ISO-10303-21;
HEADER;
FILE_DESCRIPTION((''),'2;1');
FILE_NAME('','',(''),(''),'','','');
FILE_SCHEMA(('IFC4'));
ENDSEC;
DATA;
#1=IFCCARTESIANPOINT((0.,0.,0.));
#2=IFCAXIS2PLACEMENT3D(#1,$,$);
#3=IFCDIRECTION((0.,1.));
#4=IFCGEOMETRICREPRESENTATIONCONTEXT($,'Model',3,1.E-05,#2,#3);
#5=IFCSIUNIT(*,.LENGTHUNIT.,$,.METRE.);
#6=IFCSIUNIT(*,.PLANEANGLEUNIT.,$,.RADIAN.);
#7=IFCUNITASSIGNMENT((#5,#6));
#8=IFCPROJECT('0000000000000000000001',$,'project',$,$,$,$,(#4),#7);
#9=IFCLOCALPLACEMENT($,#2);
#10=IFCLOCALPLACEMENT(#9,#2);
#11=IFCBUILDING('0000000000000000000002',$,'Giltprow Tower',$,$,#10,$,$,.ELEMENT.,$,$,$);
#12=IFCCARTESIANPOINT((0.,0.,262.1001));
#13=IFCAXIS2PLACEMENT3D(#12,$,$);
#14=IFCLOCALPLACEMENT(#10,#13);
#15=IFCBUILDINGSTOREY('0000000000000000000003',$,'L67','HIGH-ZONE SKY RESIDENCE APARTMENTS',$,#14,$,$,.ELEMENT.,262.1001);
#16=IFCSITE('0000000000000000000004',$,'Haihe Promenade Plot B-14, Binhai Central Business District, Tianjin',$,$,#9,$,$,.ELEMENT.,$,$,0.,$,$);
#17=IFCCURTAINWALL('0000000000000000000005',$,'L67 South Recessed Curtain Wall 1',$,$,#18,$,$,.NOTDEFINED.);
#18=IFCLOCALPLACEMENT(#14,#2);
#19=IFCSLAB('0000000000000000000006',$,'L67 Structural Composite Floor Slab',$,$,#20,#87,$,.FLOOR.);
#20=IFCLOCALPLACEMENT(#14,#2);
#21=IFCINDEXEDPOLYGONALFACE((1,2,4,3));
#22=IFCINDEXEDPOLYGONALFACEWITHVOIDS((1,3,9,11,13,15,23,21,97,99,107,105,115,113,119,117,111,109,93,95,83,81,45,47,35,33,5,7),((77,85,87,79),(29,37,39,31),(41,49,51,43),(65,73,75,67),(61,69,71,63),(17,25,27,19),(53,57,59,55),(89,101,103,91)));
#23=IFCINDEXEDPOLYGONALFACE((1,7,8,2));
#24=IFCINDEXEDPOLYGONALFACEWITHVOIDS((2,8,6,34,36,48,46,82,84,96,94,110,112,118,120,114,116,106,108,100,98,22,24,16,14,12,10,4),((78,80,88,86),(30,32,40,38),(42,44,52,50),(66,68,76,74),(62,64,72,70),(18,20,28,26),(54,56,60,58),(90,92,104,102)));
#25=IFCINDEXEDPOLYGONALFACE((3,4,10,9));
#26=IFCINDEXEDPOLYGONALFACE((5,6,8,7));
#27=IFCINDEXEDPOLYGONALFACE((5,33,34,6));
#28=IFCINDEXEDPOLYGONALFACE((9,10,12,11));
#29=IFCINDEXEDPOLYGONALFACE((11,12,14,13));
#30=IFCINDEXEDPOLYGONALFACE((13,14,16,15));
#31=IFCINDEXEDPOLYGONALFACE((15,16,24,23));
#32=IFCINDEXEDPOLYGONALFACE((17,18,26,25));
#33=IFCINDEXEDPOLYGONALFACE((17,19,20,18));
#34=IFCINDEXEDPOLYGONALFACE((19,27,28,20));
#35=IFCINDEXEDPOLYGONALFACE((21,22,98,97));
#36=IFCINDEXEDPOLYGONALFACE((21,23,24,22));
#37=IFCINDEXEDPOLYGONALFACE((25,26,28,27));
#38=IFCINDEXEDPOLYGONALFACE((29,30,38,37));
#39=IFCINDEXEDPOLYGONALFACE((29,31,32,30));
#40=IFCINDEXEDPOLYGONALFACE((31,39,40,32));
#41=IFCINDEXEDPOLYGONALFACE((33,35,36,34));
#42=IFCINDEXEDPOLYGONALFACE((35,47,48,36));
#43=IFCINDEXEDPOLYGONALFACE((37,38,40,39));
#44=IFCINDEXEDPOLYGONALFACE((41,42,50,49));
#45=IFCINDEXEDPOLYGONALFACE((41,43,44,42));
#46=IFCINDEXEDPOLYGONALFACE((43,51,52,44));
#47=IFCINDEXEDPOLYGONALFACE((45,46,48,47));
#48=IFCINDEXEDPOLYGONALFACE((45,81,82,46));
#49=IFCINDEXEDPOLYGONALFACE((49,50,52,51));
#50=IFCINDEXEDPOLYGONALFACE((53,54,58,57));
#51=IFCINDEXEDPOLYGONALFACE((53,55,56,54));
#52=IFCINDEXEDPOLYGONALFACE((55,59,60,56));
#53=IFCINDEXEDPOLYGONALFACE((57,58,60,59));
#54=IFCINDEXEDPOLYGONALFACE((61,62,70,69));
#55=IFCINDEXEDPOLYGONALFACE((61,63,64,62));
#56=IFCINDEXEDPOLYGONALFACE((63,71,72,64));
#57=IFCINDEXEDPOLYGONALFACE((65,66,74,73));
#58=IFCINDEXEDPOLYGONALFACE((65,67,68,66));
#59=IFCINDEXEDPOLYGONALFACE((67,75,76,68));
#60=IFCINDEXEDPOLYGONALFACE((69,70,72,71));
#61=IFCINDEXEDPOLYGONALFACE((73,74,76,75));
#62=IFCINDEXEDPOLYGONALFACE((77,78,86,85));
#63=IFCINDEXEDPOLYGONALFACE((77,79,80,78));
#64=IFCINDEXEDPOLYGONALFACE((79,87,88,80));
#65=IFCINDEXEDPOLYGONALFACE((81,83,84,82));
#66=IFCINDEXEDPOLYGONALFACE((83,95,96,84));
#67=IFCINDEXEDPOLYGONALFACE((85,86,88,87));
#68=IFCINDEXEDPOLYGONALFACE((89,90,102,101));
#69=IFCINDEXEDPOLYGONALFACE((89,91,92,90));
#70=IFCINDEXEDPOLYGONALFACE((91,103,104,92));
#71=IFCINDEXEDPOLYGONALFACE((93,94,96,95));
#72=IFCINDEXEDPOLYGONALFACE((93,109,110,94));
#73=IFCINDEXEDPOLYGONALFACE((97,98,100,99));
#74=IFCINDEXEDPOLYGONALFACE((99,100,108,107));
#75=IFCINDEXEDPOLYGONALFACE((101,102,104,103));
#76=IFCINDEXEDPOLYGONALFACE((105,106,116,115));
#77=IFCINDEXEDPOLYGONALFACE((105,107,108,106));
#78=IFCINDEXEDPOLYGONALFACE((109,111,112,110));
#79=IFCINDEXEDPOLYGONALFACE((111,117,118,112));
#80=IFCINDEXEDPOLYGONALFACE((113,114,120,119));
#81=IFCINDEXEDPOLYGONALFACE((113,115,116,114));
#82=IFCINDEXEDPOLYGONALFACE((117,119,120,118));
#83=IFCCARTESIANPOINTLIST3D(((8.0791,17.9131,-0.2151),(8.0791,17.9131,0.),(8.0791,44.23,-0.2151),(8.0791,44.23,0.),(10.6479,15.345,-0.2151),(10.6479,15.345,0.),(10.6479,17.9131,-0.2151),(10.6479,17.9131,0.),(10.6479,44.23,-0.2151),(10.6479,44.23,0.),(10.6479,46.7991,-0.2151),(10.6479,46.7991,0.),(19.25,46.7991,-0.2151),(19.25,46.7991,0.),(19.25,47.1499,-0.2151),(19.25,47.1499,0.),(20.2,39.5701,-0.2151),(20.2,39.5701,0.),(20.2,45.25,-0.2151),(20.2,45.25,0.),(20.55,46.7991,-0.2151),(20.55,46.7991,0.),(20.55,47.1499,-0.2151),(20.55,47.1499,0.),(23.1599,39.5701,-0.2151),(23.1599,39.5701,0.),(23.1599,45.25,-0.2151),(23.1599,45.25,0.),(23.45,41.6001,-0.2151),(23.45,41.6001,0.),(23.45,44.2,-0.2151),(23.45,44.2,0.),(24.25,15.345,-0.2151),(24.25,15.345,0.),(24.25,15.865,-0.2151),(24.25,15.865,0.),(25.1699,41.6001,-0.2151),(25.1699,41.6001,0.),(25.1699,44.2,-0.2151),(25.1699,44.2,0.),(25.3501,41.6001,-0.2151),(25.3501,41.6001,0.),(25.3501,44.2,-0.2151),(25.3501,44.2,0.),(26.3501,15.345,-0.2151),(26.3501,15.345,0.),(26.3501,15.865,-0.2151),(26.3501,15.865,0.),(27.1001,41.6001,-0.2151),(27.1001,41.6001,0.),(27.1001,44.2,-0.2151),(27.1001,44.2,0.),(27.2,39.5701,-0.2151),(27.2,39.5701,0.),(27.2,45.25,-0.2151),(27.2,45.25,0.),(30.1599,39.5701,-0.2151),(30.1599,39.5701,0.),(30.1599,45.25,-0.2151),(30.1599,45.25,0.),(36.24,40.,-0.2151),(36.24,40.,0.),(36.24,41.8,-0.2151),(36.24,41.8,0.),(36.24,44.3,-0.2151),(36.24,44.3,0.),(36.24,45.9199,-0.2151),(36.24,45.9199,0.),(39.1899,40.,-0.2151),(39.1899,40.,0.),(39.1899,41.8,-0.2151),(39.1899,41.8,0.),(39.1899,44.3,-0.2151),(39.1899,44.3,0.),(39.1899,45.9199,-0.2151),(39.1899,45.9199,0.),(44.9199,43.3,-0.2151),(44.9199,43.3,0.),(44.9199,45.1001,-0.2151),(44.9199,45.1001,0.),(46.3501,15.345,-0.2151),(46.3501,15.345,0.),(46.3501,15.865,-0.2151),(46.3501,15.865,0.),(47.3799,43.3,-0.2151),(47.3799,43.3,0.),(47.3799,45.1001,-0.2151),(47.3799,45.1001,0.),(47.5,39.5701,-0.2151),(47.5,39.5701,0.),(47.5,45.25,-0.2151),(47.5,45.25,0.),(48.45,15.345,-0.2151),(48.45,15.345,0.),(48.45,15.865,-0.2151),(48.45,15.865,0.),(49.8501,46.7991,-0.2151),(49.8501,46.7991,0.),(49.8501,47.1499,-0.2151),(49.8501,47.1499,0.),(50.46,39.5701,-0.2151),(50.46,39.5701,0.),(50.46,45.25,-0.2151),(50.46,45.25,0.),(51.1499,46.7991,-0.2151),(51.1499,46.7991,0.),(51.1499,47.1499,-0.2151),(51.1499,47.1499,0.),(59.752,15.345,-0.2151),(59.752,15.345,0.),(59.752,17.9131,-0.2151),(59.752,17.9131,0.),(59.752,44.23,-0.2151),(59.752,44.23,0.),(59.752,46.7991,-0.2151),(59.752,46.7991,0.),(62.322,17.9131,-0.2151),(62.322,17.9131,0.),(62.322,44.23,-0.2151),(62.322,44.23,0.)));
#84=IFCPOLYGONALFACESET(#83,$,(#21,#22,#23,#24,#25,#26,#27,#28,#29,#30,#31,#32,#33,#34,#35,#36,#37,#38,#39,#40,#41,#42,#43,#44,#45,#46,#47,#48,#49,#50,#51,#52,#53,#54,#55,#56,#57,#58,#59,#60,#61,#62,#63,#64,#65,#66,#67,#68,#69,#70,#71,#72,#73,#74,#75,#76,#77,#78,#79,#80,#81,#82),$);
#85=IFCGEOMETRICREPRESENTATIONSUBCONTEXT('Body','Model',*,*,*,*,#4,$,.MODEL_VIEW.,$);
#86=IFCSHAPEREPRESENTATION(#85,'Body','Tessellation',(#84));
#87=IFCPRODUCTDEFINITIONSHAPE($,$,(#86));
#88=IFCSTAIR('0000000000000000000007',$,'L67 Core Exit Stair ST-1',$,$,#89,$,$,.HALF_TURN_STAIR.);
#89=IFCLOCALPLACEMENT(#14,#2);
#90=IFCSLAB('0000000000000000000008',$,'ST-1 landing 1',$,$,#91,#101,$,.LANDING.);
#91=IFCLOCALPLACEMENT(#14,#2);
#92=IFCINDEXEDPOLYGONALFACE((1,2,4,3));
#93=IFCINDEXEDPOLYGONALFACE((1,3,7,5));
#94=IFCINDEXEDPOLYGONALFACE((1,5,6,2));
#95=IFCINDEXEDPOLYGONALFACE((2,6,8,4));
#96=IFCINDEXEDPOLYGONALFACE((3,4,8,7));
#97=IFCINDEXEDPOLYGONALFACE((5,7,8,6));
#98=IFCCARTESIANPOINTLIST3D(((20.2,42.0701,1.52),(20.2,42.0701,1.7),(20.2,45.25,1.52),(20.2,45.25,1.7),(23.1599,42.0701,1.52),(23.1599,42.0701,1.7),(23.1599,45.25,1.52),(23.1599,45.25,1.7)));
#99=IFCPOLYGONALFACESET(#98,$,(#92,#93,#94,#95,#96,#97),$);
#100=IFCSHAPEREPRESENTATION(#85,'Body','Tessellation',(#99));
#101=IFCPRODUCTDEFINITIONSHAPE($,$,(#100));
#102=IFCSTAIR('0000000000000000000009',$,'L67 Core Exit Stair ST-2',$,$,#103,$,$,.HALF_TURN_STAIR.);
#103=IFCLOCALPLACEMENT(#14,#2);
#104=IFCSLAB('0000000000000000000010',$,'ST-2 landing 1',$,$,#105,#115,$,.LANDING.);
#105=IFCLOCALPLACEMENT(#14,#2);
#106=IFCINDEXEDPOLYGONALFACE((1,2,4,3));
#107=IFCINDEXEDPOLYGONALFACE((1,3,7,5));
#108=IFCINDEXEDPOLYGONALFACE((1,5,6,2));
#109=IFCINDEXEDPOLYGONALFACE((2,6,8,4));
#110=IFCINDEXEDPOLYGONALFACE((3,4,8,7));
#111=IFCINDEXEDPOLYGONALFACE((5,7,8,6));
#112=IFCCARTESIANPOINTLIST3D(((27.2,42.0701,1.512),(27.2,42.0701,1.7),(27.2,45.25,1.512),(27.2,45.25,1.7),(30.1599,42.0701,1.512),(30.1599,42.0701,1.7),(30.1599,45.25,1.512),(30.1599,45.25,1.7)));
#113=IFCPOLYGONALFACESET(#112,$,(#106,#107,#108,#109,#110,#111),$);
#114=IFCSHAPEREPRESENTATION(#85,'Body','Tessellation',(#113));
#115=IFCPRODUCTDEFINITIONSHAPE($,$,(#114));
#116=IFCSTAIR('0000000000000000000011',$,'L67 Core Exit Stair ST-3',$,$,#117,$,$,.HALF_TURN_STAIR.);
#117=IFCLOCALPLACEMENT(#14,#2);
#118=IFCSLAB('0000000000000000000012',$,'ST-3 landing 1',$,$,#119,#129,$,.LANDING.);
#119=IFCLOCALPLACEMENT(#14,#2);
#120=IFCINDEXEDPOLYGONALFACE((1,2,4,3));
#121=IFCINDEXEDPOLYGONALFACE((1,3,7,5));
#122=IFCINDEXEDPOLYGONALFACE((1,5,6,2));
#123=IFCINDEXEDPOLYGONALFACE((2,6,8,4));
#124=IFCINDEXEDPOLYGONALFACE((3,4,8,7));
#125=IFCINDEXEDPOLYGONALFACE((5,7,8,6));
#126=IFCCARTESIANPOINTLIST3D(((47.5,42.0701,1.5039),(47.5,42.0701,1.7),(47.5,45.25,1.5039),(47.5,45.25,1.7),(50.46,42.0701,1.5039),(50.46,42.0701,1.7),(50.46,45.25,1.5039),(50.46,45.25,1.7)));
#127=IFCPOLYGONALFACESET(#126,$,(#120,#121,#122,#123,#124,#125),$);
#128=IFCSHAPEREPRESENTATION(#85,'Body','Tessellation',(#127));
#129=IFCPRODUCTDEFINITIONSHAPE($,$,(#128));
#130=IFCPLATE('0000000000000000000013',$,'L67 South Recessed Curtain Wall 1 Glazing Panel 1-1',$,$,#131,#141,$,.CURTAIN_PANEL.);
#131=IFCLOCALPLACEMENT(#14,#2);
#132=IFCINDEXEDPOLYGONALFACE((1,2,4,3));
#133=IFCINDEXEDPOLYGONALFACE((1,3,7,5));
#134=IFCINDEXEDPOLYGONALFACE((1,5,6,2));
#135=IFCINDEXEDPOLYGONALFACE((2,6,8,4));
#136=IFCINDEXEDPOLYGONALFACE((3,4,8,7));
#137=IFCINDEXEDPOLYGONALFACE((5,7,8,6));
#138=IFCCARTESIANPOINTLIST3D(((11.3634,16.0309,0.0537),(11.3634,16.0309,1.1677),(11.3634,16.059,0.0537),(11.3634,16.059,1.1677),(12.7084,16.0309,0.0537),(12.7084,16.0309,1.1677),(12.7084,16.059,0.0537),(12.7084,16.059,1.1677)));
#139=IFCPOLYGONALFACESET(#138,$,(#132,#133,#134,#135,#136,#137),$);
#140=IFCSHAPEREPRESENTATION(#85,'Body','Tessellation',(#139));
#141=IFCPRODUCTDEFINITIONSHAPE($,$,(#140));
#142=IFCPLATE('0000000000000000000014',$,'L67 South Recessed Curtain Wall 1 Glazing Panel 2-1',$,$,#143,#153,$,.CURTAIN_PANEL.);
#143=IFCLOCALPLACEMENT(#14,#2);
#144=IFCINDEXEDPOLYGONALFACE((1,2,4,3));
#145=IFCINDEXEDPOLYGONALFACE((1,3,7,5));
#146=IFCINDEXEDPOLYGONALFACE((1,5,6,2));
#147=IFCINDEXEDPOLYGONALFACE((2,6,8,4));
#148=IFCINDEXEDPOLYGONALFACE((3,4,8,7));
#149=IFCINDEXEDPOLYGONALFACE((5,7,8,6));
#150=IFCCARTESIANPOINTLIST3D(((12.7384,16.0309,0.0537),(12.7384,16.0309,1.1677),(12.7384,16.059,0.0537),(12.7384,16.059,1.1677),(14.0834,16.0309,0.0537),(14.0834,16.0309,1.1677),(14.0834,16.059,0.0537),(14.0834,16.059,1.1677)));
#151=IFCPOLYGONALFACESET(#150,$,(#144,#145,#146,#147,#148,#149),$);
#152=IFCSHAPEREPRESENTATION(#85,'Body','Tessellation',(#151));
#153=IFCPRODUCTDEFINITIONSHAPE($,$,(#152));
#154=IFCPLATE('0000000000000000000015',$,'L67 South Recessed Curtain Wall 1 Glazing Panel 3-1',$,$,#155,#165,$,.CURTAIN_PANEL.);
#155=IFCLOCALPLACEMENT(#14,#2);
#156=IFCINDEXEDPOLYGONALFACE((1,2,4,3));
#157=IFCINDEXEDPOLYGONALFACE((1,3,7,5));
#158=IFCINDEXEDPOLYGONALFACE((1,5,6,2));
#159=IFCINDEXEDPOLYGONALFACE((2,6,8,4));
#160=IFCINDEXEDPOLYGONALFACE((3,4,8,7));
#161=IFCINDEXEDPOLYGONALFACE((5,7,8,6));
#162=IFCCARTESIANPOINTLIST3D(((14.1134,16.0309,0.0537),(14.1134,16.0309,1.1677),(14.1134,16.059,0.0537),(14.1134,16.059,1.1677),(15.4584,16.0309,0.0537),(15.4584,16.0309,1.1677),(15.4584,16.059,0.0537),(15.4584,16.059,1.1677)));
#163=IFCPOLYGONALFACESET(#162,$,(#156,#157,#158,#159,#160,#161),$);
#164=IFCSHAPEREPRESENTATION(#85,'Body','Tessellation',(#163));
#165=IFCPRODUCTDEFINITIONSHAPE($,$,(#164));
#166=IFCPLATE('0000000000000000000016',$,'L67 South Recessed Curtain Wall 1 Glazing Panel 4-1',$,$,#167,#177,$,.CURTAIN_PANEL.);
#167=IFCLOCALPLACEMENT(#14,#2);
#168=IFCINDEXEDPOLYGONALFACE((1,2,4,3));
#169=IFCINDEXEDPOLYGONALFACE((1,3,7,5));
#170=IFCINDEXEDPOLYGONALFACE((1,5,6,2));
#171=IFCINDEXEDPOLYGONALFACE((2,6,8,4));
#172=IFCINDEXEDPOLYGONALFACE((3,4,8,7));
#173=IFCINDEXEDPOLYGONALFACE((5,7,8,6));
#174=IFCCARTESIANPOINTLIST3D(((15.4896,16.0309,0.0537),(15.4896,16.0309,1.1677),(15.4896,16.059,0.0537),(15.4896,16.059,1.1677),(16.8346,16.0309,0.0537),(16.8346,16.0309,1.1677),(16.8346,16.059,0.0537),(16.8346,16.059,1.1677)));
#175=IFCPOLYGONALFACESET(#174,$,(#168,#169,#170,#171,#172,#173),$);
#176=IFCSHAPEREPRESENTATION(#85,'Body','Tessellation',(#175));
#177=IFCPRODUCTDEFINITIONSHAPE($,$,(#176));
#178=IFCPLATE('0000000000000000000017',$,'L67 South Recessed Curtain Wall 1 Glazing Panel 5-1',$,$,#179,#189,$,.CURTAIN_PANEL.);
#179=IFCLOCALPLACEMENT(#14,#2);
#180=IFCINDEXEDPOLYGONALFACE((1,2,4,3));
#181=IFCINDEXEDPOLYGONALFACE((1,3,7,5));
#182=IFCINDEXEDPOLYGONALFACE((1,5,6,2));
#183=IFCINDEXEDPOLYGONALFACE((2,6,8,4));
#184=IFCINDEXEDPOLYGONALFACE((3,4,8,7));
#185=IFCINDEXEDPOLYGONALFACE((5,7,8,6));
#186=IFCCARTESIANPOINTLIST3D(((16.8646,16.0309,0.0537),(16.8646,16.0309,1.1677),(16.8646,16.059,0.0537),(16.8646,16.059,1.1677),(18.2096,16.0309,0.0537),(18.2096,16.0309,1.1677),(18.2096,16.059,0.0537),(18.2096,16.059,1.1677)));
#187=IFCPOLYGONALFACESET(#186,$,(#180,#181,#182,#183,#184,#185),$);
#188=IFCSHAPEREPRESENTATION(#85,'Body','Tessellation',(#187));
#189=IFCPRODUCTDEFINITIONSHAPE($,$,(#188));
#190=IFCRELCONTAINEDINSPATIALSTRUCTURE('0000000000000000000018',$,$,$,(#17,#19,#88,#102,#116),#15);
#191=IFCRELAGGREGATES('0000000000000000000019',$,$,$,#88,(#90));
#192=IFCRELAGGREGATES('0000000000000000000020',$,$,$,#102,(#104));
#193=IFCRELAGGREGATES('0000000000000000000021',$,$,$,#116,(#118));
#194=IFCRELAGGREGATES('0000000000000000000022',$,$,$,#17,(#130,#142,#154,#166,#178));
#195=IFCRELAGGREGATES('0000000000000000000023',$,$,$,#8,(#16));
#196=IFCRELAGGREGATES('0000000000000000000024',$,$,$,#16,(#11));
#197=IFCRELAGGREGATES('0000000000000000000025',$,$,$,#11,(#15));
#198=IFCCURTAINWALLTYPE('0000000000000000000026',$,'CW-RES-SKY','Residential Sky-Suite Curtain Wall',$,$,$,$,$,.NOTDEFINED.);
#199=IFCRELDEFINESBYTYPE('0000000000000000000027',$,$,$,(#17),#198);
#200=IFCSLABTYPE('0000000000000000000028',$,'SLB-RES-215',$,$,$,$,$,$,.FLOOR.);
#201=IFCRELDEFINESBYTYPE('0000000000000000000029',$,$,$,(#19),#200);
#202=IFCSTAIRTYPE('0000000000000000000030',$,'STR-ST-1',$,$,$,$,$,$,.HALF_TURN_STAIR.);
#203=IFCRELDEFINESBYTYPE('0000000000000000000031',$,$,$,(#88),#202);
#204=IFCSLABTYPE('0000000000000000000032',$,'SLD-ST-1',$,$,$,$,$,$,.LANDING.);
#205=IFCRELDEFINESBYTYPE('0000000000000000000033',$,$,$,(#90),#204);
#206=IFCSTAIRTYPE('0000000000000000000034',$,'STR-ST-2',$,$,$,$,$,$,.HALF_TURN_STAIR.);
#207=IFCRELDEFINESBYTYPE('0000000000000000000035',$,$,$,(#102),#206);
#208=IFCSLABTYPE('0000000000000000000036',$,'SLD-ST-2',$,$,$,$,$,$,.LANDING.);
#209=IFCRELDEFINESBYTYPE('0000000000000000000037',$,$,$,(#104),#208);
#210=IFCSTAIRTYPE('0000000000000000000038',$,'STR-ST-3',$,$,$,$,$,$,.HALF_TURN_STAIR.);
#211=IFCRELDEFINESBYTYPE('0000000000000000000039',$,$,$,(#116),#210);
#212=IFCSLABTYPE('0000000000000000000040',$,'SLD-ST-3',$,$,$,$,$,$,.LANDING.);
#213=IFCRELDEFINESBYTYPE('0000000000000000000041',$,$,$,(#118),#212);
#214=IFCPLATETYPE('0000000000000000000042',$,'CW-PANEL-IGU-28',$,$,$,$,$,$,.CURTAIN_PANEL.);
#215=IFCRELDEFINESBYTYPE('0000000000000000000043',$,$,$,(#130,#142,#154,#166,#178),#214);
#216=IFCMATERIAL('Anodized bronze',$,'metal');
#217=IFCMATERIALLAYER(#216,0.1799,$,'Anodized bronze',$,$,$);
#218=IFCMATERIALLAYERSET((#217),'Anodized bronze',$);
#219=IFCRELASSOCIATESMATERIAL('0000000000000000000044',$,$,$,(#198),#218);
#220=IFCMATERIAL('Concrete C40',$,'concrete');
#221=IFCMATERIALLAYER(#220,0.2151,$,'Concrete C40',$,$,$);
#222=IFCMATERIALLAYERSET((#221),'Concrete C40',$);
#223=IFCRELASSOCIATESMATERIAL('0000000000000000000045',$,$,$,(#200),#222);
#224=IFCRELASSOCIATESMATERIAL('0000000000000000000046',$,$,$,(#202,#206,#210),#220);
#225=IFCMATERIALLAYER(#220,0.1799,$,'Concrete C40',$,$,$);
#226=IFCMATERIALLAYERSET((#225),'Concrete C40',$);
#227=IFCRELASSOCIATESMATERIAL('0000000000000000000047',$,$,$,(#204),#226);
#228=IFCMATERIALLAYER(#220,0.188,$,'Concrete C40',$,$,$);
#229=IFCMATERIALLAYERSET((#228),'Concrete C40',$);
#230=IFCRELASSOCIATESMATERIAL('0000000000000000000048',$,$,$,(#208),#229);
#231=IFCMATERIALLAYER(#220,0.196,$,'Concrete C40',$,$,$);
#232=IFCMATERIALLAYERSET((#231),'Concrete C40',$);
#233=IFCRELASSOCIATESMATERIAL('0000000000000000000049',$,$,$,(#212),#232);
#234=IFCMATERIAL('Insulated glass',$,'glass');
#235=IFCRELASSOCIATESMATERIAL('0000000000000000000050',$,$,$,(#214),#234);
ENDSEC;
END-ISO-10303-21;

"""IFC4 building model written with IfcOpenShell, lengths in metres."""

from ifc_helpers import new_model, si_unit, direction, frame, origin, origin_2d, place, context, subcontext, project, spatial, polyline, rectangle, outline, extrude, source, transform, mapped, material, layer, layer_set, type_object, element, aggregate, save


model = new_model("IFC4")

# Units and contexts
model_context = context("Model", 3, precision=1e-05, world=origin(), true_north=direction((0.0, 1.0)))
body_context = subcontext(model_context, "Body", "Model", "MODEL_VIEW")
ifc_project = project(units=[si_unit("LENGTHUNIT", "METRE"), si_unit("PLANEANGLEUNIT", "RADIAN")], contexts=[model_context])

# Site, building, storey
site_placement = place(None, origin())
site = spatial("IfcSite", under=ifc_project, at=site_placement, Name="Haihe Promenade Plot B-14, Binhai Central Business District, Tianjin", CompositionType="ELEMENT", RefElevation=0.0)
building_placement = place(site_placement, origin())
building = spatial("IfcBuilding", under=site, at=building_placement, Name="Giltprow Tower", CompositionType="ELEMENT")
storey_placement = place(building_placement, frame((0.0, 0.0, 262.1001)))
storey = spatial("IfcBuildingStorey", under=building, at=storey_placement, Name="L67", Description="HIGH-ZONE SKY RESIDENCE APARTMENTS", CompositionType="ELEMENT", Elevation=262.1001)

# Curtain wall
ifc_material_1 = material(Name="Anodized bronze", Category="metal")
ifc_layer_1 = layer(ifc_material_1, 0.1799, Name="Anodized bronze")
ifc_layer_set_1 = layer_set([ifc_layer_1], Name="Anodized bronze")
curtain_wall_type = type_object("IfcCurtainWallType", Name="CW-RES-SKY", Description="Residential Sky-Suite Curtain Wall", PredefinedType="NOTDEFINED", material=ifc_layer_set_1)
curtain_wall_placement = place(storey_placement, origin())
curtain_wall = element("IfcCurtainWall", 1, at=curtain_wall_placement, inside=storey, type_object=curtain_wall_type, Name="L67 South Recessed Curtain Wall 1", PredefinedType="NOTDEFINED")

# Slab
ifc_material_2 = material(Name="Concrete C40", Category="concrete")
ifc_layer_2 = layer(ifc_material_2, 0.2151, Name="Concrete C40")
ifc_layer_set_2 = layer_set([ifc_layer_2], Name="Concrete C40")
slab_type_1 = type_object("IfcSlabType", Name="SLB-RES-215", PredefinedType="FLOOR", material=ifc_layer_set_2)
slab_1_placement = place(storey_placement, frame((0.0, 0.0, -0.2151)))
element("IfcSlab", 2, at=slab_1_placement, inside=storey, type_object=slab_type_1, Name="L67 Structural Composite Floor Slab", PredefinedType="FLOOR", context=body_context, shape_type="SweptSolid", body=[
    extrude(outline(polyline([(62.322, 44.23), (62.322, 17.9131), (59.752, 17.9131), (59.752, 15.345), (48.45, 15.345), (48.45, 15.865), (46.3501, 15.865), (46.3501, 15.345), (26.3501, 15.345), (26.3501, 15.865), (24.25, 15.865), (24.25, 15.345), (10.6479, 15.345), (10.6479, 17.9131), (8.0791, 17.9131), (8.0791, 44.23), (10.6479, 44.23), (10.6479, 46.7991), (19.25, 46.7991), (19.25, 47.1499), (20.55, 47.1499), (20.55, 46.7991), (49.8501, 46.7991), (49.8501, 47.1499), (51.1499, 47.1499), (51.1499, 46.7991), (59.752, 46.7991), (59.752, 44.23), (62.322, 44.23)]), holes=[polyline([(39.1899, 41.8), (36.24, 41.8), (36.24, 40.0), (39.1899, 40.0), (39.1899, 41.8)]), polyline([(23.1599, 39.5701), (23.1599, 45.25), (20.2, 45.25), (20.2, 39.5701), (23.1599, 39.5701)]), polyline([(30.1599, 39.5701), (30.1599, 45.25), (27.2, 45.25), (27.2, 39.5701), (30.1599, 39.5701)]), polyline([(50.46, 45.25), (47.5, 45.25), (47.5, 39.5701), (50.46, 39.5701), (50.46, 45.25)]), polyline([(25.1699, 44.2), (23.45, 44.2), (23.45, 41.6001), (25.1699, 41.6001), (25.1699, 44.2)]), polyline([(27.1001, 44.2), (25.3501, 44.2), (25.3501, 41.6001), (27.1001, 41.6001), (27.1001, 44.2)]), polyline([(47.3799, 43.3), (47.3799, 45.1001), (44.9199, 45.1001), (44.9199, 43.3), (47.3799, 43.3)]), polyline([(39.1899, 44.3), (39.1899, 45.9199), (36.24, 45.9199), (36.24, 44.3), (39.1899, 44.3)])]), origin(), (0.0, 0.0, 1.0), 0.2151),
])

# Stairs, slabs
stair_type_1 = type_object("IfcStairType", Name="STR-ST-1", PredefinedType="HALF_TURN_STAIR", material=ifc_material_2)
stair_1_placement = place(storey_placement, origin())
stair_1 = element("IfcStair", 3, at=stair_1_placement, inside=storey, type_object=stair_type_1, Name="L67 Core Exit Stair ST-1", PredefinedType="HALF_TURN_STAIR")
ifc_layer_3 = layer(ifc_material_2, 0.1799, Name="Concrete C40")
ifc_layer_set_3 = layer_set([ifc_layer_3], Name="Concrete C40")
slab_type_2 = type_object("IfcSlabType", Name="SLD-ST-1", PredefinedType="LANDING", material=ifc_layer_set_3)
slab_2_placement = place(storey_placement, frame((0.0, 0.0, 1.52)))
slab_2 = element("IfcSlab", 4, at=slab_2_placement, type_object=slab_type_2, Name="ST-1 landing 1", PredefinedType="LANDING", context=body_context, shape_type="SweptSolid", body=[
    extrude(outline(polyline([(23.1599, 42.0701), (23.1599, 45.25), (20.2, 45.25), (20.2, 42.0701), (23.1599, 42.0701)])), origin(), (0.0, 0.0, 1.0), 0.1799),
])
aggregate(stair_1, [slab_2])
stair_type_2 = type_object("IfcStairType", Name="STR-ST-2", PredefinedType="HALF_TURN_STAIR", material=ifc_material_2)
stair_2_placement = place(storey_placement, origin())
stair_2 = element("IfcStair", 5, at=stair_2_placement, inside=storey, type_object=stair_type_2, Name="L67 Core Exit Stair ST-2", PredefinedType="HALF_TURN_STAIR")
ifc_layer_4 = layer(ifc_material_2, 0.188, Name="Concrete C40")
ifc_layer_set_4 = layer_set([ifc_layer_4], Name="Concrete C40")
slab_type_3 = type_object("IfcSlabType", Name="SLD-ST-2", PredefinedType="LANDING", material=ifc_layer_set_4)
slab_3_placement = place(storey_placement, frame((0.0, 0.0, 1.512)))
slab_3 = element("IfcSlab", 6, at=slab_3_placement, type_object=slab_type_3, Name="ST-2 landing 1", PredefinedType="LANDING", context=body_context, shape_type="SweptSolid", body=[
    extrude(outline(polyline([(30.1599, 42.0701), (30.1599, 45.25), (27.2, 45.25), (27.2, 42.0701), (30.1599, 42.0701)])), origin(), (0.0, 0.0, 1.0), 0.188),
])
aggregate(stair_2, [slab_3])
stair_type_3 = type_object("IfcStairType", Name="STR-ST-3", PredefinedType="HALF_TURN_STAIR", material=ifc_material_2)
stair_3_placement = place(storey_placement, origin())
stair_3 = element("IfcStair", 7, at=stair_3_placement, inside=storey, type_object=stair_type_3, Name="L67 Core Exit Stair ST-3", PredefinedType="HALF_TURN_STAIR")
ifc_layer_5 = layer(ifc_material_2, 0.196, Name="Concrete C40")
ifc_layer_set_5 = layer_set([ifc_layer_5], Name="Concrete C40")
slab_type_4 = type_object("IfcSlabType", Name="SLD-ST-3", PredefinedType="LANDING", material=ifc_layer_set_5)
slab_4_placement = place(storey_placement, frame((0.0, 0.0, 1.5039)))
slab_4 = element("IfcSlab", 8, at=slab_4_placement, type_object=slab_type_4, Name="ST-3 landing 1", PredefinedType="LANDING", context=body_context, shape_type="SweptSolid", body=[
    extrude(outline(polyline([(50.46, 42.0701), (50.46, 45.25), (47.5, 45.25), (47.5, 42.0701), (50.46, 42.0701)])), origin(), (0.0, 0.0, 1.0), 0.196),
])
aggregate(stair_3, [slab_4])

# Plates
ifc_material_3 = material(Name="Insulated glass", Category="glass")
plate_type = type_object("IfcPlateType", Name="CW-PANEL-IGU-28", PredefinedType="CURTAIN_PANEL", material=ifc_material_3)
shared_shape_1 = source(origin(), body_context, "Body", "SweptSolid", [
    extrude(rectangle(XDim=1.345, YDim=0.0281, at=origin_2d()), origin(), (0.0, 0.0, 1.0), 1.114),
])
plate_1_placement = place(storey_placement, frame((12.0359, 16.0449, 0.0537), z_axis=(0.0, 0.0, 1.0), x_axis=(1.0, 0.0, 0.0)))
plate_1 = element("IfcPlate", 9, at=plate_1_placement, type_object=plate_type, Name="L67 South Recessed Curtain Wall 1 Glazing Panel 1-1", PredefinedType="CURTAIN_PANEL", context=body_context, shape_type="MappedRepresentation", body=[
    mapped(shared_shape_1, transform((0.0, 0.0, 0.0), x_axis=(1.0, 0.0, 0.0), y_axis=(0.0, 1.0, 0.0), z_axis=(0.0, 0.0, 1.0), scale=1.0)),
])
plate_2_placement = place(storey_placement, frame((13.4109, 16.0449, 0.0537), z_axis=(0.0, 0.0, 1.0), x_axis=(1.0, 0.0, 0.0)))
plate_2 = element("IfcPlate", 10, at=plate_2_placement, type_object=plate_type, Name="L67 South Recessed Curtain Wall 1 Glazing Panel 2-1", PredefinedType="CURTAIN_PANEL", context=body_context, shape_type="MappedRepresentation", body=[
    mapped(shared_shape_1, transform((0.0, 0.0, 0.0), x_axis=(1.0, 0.0, 0.0), y_axis=(0.0, 1.0, 0.0), z_axis=(0.0, 0.0, 1.0), scale=1.0)),
])
plate_3_placement = place(storey_placement, frame((14.7859, 16.0449, 0.0537), z_axis=(0.0, 0.0, 1.0), x_axis=(1.0, 0.0, 0.0)))
plate_3 = element("IfcPlate", 11, at=plate_3_placement, type_object=plate_type, Name="L67 South Recessed Curtain Wall 1 Glazing Panel 3-1", PredefinedType="CURTAIN_PANEL", context=body_context, shape_type="MappedRepresentation", body=[
    mapped(shared_shape_1, transform((0.0, 0.0, 0.0), x_axis=(1.0, 0.0, 0.0), y_axis=(0.0, 1.0, 0.0), z_axis=(0.0, 0.0, 1.0), scale=1.0)),
])
plate_4_placement = place(storey_placement, frame((16.1621, 16.0449, 0.0537), z_axis=(0.0, 0.0, 1.0), x_axis=(1.0, 0.0, 0.0)))
plate_4 = element("IfcPlate", 12, at=plate_4_placement, type_object=plate_type, Name="L67 South Recessed Curtain Wall 1 Glazing Panel 4-1", PredefinedType="CURTAIN_PANEL", context=body_context, shape_type="MappedRepresentation", body=[
    mapped(shared_shape_1, transform((0.0, 0.0, 0.0), x_axis=(1.0, 0.0, 0.0), y_axis=(0.0, 1.0, 0.0), z_axis=(0.0, 0.0, 1.0), scale=1.0)),
])
plate_5_placement = place(storey_placement, frame((17.5371, 16.0449, 0.0537), z_axis=(0.0, 0.0, 1.0), x_axis=(1.0, 0.0, 0.0)))
plate_5 = element("IfcPlate", 13, at=plate_5_placement, type_object=plate_type, Name="L67 South Recessed Curtain Wall 1 Glazing Panel 5-1", PredefinedType="CURTAIN_PANEL", context=body_context, shape_type="MappedRepresentation", body=[
    mapped(shared_shape_1, transform((0.0, 0.0, 0.0), x_axis=(1.0, 0.0, 0.0), y_axis=(0.0, 1.0, 0.0), z_axis=(0.0, 0.0, 1.0), scale=1.0)),
])
aggregate(curtain_wall, [plate_1, plate_2, plate_3, plate_4, plate_5])

save(model, "model.ifc")
